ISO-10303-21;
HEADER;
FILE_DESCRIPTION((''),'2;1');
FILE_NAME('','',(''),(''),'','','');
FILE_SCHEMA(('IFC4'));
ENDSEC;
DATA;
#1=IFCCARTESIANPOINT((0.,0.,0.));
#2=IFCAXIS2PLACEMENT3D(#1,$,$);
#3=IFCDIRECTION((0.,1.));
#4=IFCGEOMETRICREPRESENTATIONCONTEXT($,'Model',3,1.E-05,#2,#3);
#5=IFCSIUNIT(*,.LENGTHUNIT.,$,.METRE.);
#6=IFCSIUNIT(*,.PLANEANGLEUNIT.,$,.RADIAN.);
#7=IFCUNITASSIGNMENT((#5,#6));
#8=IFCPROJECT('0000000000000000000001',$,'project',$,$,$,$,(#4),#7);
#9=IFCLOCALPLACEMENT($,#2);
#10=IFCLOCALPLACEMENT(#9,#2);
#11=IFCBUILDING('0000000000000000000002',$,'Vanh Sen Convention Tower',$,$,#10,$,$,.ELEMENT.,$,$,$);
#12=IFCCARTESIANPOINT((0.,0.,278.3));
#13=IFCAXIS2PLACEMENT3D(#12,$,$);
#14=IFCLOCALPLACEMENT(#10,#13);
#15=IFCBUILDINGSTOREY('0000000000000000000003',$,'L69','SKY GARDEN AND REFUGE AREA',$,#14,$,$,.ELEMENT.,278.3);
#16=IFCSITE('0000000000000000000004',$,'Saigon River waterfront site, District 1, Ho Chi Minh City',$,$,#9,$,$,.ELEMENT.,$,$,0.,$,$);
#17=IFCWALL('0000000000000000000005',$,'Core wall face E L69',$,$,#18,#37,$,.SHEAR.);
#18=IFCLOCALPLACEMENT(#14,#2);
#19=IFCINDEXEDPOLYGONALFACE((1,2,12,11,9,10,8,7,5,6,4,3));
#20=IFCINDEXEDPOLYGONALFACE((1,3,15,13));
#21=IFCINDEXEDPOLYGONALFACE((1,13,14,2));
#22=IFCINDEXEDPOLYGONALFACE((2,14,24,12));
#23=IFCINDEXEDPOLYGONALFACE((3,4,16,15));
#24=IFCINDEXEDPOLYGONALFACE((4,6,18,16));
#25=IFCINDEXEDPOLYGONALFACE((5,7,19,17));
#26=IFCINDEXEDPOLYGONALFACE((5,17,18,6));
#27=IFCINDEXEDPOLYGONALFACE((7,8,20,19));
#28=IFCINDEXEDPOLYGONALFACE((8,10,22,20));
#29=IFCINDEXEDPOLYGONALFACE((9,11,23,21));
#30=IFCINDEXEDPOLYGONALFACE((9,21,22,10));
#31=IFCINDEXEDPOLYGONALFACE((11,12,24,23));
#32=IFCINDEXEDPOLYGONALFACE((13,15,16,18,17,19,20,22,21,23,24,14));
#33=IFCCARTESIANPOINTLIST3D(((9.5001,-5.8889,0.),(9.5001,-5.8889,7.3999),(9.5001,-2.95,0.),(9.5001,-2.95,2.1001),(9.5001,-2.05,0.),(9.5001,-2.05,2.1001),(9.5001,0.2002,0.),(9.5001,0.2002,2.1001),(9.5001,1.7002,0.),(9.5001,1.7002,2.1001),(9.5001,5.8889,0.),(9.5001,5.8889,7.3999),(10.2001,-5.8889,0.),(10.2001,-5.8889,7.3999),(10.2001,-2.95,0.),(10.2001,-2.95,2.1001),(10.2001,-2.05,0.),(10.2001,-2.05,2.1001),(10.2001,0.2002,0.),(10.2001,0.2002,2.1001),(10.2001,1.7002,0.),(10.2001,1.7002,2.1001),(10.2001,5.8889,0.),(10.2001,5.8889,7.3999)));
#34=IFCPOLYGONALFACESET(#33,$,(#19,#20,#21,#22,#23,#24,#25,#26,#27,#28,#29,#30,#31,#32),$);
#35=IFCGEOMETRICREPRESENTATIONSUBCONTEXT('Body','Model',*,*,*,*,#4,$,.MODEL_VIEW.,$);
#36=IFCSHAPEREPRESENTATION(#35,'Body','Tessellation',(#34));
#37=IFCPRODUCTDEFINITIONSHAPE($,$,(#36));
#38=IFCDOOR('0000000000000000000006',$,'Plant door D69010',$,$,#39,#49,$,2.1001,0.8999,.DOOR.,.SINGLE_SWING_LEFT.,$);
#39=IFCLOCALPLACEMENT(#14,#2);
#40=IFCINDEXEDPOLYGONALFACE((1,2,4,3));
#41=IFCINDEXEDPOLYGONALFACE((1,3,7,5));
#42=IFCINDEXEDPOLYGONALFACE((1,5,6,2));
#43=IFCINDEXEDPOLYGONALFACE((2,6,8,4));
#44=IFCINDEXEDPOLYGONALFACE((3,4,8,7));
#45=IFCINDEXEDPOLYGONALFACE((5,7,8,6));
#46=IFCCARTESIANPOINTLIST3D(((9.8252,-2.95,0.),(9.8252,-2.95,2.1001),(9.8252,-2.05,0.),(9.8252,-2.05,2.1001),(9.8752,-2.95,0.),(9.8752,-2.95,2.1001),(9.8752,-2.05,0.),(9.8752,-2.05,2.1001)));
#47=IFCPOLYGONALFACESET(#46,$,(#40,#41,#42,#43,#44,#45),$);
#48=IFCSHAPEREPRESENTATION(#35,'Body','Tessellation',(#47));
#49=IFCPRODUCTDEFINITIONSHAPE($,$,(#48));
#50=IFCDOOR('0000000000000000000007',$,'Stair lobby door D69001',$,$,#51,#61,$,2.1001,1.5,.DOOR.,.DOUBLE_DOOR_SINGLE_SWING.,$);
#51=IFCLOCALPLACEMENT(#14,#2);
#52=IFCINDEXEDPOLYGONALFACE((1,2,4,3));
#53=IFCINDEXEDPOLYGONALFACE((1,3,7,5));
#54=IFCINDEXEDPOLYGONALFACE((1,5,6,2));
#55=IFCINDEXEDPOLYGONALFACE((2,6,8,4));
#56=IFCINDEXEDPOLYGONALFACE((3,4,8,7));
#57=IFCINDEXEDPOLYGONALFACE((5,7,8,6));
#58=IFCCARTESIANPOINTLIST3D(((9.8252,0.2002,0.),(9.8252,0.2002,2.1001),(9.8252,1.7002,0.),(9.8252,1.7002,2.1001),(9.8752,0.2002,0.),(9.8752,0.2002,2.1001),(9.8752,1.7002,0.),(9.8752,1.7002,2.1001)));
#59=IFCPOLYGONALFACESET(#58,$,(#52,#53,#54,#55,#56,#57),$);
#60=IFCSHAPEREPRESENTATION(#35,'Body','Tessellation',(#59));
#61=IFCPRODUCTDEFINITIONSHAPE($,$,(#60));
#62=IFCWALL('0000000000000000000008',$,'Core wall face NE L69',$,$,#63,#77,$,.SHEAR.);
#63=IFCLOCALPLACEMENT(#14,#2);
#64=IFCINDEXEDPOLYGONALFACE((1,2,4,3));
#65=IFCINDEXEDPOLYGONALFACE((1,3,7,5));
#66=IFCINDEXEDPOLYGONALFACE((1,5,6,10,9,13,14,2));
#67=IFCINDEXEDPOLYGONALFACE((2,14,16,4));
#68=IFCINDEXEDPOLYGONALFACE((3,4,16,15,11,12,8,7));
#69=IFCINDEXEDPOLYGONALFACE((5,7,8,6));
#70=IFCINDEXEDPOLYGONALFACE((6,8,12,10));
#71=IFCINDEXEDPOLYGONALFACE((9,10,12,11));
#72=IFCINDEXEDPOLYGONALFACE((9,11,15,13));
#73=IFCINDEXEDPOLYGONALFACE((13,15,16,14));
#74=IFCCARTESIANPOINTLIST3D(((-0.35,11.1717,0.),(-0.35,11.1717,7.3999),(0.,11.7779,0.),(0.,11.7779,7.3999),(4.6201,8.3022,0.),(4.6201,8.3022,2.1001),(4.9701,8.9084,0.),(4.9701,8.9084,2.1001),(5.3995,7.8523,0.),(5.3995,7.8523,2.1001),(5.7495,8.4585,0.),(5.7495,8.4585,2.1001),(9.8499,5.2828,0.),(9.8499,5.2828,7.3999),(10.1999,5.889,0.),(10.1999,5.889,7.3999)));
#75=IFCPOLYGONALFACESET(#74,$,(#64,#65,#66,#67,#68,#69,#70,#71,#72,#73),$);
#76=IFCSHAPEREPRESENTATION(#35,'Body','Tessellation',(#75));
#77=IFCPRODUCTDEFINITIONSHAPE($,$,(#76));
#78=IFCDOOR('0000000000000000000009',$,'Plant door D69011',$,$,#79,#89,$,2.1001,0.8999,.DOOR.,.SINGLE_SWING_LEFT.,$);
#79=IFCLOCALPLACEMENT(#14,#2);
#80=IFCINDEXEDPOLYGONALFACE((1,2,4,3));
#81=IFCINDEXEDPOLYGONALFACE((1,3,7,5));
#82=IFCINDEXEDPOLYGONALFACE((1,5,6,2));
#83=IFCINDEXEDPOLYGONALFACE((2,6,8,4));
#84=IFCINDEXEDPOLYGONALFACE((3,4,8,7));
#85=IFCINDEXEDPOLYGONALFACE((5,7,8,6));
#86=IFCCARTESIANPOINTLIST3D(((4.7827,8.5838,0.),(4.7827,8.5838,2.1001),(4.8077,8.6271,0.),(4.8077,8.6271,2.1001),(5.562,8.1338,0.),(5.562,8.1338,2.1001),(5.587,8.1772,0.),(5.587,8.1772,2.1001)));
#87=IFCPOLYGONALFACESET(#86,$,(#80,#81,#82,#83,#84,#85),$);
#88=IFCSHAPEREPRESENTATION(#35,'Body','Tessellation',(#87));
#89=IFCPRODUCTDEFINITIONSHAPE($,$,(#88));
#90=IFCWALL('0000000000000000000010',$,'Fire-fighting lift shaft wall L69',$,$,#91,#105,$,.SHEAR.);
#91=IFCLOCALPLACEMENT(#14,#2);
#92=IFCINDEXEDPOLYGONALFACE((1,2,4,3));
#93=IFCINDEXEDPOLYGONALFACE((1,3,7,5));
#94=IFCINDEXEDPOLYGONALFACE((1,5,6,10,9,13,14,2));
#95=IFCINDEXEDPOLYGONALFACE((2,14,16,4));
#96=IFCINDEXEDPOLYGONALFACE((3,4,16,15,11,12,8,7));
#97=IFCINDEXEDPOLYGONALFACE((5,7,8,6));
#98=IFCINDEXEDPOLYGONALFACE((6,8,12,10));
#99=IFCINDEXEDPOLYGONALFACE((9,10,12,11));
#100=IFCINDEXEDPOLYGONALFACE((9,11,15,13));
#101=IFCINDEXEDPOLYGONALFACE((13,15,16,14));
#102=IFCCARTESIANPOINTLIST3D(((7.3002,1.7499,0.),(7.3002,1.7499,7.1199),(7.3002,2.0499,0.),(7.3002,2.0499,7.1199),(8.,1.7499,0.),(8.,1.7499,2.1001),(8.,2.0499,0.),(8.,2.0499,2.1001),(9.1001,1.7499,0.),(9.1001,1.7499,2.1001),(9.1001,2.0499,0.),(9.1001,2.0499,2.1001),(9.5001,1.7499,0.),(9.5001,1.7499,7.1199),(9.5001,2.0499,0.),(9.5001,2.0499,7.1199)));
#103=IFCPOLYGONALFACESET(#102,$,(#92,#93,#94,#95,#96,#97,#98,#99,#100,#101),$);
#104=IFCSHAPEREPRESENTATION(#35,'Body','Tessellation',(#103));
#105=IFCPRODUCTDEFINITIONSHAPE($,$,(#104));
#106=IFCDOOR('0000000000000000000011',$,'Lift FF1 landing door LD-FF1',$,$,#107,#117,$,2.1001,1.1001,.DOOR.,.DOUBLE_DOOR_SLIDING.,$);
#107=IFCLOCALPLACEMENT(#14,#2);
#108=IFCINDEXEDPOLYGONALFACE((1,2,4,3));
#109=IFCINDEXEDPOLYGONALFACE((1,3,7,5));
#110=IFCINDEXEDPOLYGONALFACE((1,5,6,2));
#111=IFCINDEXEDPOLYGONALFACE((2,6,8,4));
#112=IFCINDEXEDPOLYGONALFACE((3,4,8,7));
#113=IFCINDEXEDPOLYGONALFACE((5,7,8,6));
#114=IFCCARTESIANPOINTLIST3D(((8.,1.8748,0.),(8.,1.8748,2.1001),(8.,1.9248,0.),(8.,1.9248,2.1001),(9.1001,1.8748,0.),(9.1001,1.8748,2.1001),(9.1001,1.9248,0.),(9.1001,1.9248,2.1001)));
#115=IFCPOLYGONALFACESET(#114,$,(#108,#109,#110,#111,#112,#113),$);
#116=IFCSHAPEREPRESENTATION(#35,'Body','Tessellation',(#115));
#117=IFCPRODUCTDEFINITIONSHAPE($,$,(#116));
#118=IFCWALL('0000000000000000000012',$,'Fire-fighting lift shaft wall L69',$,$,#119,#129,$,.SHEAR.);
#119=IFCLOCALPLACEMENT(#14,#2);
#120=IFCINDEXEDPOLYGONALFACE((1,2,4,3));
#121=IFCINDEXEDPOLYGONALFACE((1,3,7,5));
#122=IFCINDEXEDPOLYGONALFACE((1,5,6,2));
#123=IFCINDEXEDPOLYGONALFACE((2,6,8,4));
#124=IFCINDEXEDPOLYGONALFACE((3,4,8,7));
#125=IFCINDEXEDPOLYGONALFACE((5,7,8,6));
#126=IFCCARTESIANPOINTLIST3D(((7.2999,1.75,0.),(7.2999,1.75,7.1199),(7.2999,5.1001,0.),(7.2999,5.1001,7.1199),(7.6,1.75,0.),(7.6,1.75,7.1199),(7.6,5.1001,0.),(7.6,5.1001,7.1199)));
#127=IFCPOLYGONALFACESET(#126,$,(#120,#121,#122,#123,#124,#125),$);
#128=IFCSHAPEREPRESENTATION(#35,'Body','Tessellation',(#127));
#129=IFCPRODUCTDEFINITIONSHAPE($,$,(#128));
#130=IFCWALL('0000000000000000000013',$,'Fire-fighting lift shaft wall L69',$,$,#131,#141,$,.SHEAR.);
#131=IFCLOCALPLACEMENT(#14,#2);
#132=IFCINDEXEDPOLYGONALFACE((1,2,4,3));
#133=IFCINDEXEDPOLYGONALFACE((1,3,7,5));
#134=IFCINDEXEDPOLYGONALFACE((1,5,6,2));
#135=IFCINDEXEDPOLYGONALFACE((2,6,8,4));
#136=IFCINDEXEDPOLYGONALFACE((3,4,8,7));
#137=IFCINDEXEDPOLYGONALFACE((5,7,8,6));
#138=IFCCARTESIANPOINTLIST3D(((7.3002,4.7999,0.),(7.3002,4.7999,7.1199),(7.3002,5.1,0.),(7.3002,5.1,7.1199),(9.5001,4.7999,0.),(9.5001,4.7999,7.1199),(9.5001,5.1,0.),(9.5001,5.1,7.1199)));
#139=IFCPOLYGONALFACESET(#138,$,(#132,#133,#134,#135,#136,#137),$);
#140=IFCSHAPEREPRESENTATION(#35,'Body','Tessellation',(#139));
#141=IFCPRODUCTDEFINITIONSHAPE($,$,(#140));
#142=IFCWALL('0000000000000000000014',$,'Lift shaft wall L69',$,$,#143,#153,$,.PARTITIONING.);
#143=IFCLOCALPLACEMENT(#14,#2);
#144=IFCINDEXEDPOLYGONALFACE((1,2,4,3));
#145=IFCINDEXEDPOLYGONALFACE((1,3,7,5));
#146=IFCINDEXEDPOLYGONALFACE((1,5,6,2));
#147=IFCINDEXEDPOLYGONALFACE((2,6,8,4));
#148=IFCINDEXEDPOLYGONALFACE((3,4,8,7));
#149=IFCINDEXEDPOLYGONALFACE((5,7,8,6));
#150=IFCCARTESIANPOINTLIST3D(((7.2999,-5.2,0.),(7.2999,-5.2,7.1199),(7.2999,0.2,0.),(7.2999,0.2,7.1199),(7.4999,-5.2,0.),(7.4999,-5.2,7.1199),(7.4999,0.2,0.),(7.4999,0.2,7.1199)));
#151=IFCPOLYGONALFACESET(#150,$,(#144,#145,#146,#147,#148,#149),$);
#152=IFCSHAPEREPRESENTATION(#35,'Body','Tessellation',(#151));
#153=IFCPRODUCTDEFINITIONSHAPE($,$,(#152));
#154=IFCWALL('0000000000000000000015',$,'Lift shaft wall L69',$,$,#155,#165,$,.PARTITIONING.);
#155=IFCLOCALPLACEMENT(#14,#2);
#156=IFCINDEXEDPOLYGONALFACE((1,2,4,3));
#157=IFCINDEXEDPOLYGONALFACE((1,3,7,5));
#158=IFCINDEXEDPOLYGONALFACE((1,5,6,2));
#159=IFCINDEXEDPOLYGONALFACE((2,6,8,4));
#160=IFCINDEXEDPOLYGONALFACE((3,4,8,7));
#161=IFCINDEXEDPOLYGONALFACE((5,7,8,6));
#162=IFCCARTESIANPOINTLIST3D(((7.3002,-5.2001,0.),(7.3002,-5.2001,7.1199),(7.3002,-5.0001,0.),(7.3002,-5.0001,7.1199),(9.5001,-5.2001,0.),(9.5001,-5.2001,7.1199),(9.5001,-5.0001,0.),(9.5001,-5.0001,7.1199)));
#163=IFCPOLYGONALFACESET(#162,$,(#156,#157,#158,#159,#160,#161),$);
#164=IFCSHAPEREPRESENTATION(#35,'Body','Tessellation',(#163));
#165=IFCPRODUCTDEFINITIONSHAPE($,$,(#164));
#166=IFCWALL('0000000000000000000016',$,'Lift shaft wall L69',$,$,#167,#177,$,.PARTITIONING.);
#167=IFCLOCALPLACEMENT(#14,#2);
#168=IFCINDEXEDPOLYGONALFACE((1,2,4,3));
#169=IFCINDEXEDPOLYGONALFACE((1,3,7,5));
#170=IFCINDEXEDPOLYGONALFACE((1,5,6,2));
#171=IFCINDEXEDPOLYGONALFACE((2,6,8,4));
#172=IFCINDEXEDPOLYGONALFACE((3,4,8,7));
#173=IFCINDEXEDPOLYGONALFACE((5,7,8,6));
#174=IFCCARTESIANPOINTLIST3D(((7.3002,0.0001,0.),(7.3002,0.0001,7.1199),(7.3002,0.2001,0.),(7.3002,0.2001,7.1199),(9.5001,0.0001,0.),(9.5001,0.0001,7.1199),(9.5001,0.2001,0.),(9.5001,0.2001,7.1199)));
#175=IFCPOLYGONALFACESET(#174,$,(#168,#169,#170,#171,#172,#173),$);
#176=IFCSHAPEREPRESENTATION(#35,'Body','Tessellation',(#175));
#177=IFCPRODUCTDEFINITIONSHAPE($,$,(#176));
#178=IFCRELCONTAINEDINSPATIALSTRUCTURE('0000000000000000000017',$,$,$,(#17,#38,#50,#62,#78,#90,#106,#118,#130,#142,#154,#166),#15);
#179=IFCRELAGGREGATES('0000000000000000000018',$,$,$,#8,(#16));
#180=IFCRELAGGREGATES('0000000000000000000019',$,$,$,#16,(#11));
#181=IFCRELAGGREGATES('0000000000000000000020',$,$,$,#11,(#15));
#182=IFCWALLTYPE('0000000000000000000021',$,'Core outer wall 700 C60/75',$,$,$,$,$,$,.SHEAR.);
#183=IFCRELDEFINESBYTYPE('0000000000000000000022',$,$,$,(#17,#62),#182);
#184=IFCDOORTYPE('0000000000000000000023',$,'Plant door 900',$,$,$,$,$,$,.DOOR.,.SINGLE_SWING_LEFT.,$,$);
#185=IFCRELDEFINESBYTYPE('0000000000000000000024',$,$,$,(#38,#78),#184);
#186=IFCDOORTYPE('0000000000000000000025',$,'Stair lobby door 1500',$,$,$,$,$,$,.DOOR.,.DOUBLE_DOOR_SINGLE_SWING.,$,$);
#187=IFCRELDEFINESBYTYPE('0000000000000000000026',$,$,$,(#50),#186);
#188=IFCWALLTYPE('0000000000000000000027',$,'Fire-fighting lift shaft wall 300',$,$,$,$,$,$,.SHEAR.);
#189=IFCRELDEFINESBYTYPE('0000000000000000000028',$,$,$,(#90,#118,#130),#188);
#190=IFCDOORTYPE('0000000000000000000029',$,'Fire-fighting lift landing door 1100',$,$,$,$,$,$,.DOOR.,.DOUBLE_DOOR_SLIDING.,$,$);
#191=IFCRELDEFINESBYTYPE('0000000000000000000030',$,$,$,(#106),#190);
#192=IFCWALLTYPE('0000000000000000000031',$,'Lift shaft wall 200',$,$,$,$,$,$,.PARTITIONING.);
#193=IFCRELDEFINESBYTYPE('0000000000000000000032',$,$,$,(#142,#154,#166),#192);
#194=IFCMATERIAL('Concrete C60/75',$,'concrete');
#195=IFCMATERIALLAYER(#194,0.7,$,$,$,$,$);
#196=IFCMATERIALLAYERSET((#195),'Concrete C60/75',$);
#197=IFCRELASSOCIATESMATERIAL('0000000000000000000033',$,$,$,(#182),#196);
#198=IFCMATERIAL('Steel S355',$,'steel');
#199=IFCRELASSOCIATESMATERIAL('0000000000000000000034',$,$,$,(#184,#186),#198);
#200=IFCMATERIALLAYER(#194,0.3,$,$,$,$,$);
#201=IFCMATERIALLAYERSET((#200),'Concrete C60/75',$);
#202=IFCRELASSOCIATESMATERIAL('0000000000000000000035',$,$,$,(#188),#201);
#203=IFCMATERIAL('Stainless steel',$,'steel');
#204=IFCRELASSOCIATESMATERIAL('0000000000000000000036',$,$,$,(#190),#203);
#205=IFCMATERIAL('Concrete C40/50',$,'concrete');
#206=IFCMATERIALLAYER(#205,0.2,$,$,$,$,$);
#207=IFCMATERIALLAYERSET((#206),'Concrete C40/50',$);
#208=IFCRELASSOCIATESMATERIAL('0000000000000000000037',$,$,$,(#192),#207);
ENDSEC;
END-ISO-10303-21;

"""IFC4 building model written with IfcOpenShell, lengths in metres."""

from ifc_helpers import new_model, si_unit, direction, frame, frame_2d, origin, place, context, subcontext, project, spatial, rectangle, extrude, material, layer, layer_set, type_object, element, fill, save


model = new_model("IFC4")

# Units and contexts
model_context = context("Model", 3, precision=1e-05, world=origin(), true_north=direction((0.0, 1.0)))
body_context = subcontext(model_context, "Body", "Model", "MODEL_VIEW")
ifc_project = project(units=[si_unit("LENGTHUNIT", "METRE"), si_unit("PLANEANGLEUNIT", "RADIAN")], contexts=[model_context])

# Site, building, storey
site_placement = place(None, origin())
site = spatial("IfcSite", under=ifc_project, at=site_placement, Name="Saigon River waterfront site, District 1, Ho Chi Minh City", CompositionType="ELEMENT", RefElevation=0.0)
building_placement = place(site_placement, origin())
building = spatial("IfcBuilding", under=site, at=building_placement, Name="Vanh Sen Convention Tower", CompositionType="ELEMENT")
storey_placement = place(building_placement, frame((0.0, 0.0, 278.3)))
storey = spatial("IfcBuildingStorey", under=building, at=storey_placement, Name="L69", Description="SKY GARDEN AND REFUGE AREA", CompositionType="ELEMENT", Elevation=278.3)

# Wall, openings, doors
ifc_material_1 = material(Name="Concrete C60/75", Category="concrete")
ifc_layer_1 = layer(ifc_material_1, 0.7)
ifc_layer_set_1 = layer_set([ifc_layer_1], Name="Concrete C60/75")
wall_type_1 = type_object("IfcWallType", Name="Core outer wall 700 C60/75", PredefinedType="SHEAR", material=ifc_layer_set_1)
wall_1_placement = place(storey_placement, frame((9.8501, -5.8889, 0.0), z_axis=(0.0, 0.0, 1.0), x_axis=(0.0, 1.0, 0.0)))
wall_1 = element("IfcWall", 1, at=wall_1_placement, inside=storey, type_object=wall_type_1, Name="Core wall face E L69", PredefinedType="SHEAR", context=body_context, shape_type="SweptSolid", body=[
    extrude(rectangle(XDim=11.7778, YDim=0.7, at=frame_2d((5.8889, 0.0))), origin(), (0.0, 0.0, 1.0), 7.3999),
])
opening_1_placement = place(wall_1_placement, frame((6.0891, 0.0, 0.0)))
opening_1 = element("IfcOpeningElement", 2, at=opening_1_placement, cuts=wall_1, PredefinedType="OPENING", context=body_context, shape_type="SweptSolid", body=[
    extrude(rectangle(XDim=1.5, YDim=2.1001, at=frame_2d((0.75, 1.05))), frame((0.0, 0.3599, 0.0), z_axis=(0.0, -1.0, 0.0), x_axis=(1.0, 0.0, 0.0)), (0.0, 0.0, 1.0), 0.72),
])
opening_2_placement = place(wall_1_placement, frame((2.939, 0.0, 0.0)))
opening_2 = element("IfcOpeningElement", 3, at=opening_2_placement, cuts=wall_1, PredefinedType="OPENING", context=body_context, shape_type="SweptSolid", body=[
    extrude(rectangle(XDim=0.8999, YDim=2.1001, at=frame_2d((0.45, 1.05))), frame((0.0, 0.3599, 0.0), z_axis=(0.0, -1.0, 0.0), x_axis=(1.0, 0.0, 0.0)), (0.0, 0.0, 1.0), 0.72),
])
ifc_material_2 = material(Name="Steel S355", Category="steel")
door_type_1 = type_object("IfcDoorType", Name="Plant door 900", OperationType="SINGLE_SWING_LEFT", PredefinedType="DOOR", material=ifc_material_2)
door_1_placement = place(opening_2_placement, origin())
door_1 = element("IfcDoor", 4, at=door_1_placement, inside=storey, type_object=door_type_1, Name="Plant door D69010", OperationType="SINGLE_SWING_LEFT", OverallHeight=2.1001, OverallWidth=0.8999, PredefinedType="DOOR", context=body_context, shape_type="SweptSolid", body=[
    extrude(rectangle(XDim=0.8999, YDim=2.1001, at=frame_2d((0.45, 1.05))), frame((0.0, 0.0249, 0.0), z_axis=(0.0, -1.0, 0.0), x_axis=(1.0, 0.0, 0.0)), (0.0, 0.0, 1.0), 0.05),
])
fill(opening_2, door_1)
door_type_2 = type_object("IfcDoorType", Name="Stair lobby door 1500", OperationType="DOUBLE_DOOR_SINGLE_SWING", PredefinedType="DOOR", material=ifc_material_2)
door_2_placement = place(opening_1_placement, origin())
door_2 = element("IfcDoor", 5, at=door_2_placement, inside=storey, type_object=door_type_2, Name="Stair lobby door D69001", OperationType="DOUBLE_DOOR_SINGLE_SWING", OverallHeight=2.1001, OverallWidth=1.5, PredefinedType="DOOR", context=body_context, shape_type="SweptSolid", body=[
    extrude(rectangle(XDim=1.5, YDim=2.1001, at=frame_2d((0.75, 1.05))), frame((0.0, 0.0249, 0.0), z_axis=(0.0, -1.0, 0.0), x_axis=(1.0, 0.0, 0.0)), (0.0, 0.0, 1.0), 0.05),
])
fill(opening_1, door_2)

# Walls, openings, doors
wall_2_placement = place(storey_placement, frame((10.0249, 5.5859, 0.0), z_axis=(0.0, 0.0, 1.0), x_axis=(-0.866026, 0.499998, 0.0)))
wall_2 = element("IfcWall", 6, at=wall_2_placement, inside=storey, type_object=wall_type_1, Name="Core wall face NE L69", PredefinedType="SHEAR", context=body_context, shape_type="SweptSolid", body=[
    extrude(rectangle(XDim=11.7778, YDim=0.7, at=frame_2d((5.8889, 0.0))), origin(), (0.0, 0.0, 1.0), 7.3999),
])
opening_3_placement = place(wall_2_placement, frame((5.1389, 0.0, 0.0)))
opening_3 = element("IfcOpeningElement", 7, at=opening_3_placement, cuts=wall_2, PredefinedType="OPENING", context=body_context, shape_type="SweptSolid", body=[
    extrude(rectangle(XDim=0.8999, YDim=2.1001, at=frame_2d((0.45, 1.05))), frame((0.0, 0.3599, 0.0), z_axis=(0.0, -1.0, 0.0), x_axis=(1.0, 0.0, 0.0)), (0.0, 0.0, 1.0), 0.72),
])
door_3_placement = place(opening_3_placement, origin())
door_3 = element("IfcDoor", 8, at=door_3_placement, inside=storey, type_object=door_type_1, Name="Plant door D69011", OperationType="SINGLE_SWING_LEFT", OverallHeight=2.1001, OverallWidth=0.8999, PredefinedType="DOOR", context=body_context, shape_type="SweptSolid", body=[
    extrude(rectangle(XDim=0.8999, YDim=2.1001, at=frame_2d((0.45, 1.05))), frame((0.0, 0.0249, 0.0), z_axis=(0.0, -1.0, 0.0), x_axis=(1.0, 0.0, 0.0)), (0.0, 0.0, 1.0), 0.05),
])
fill(opening_3, door_3)
ifc_layer_2 = layer(ifc_material_1, 0.3)
ifc_layer_set_2 = layer_set([ifc_layer_2], Name="Concrete C60/75")
wall_type_2 = type_object("IfcWallType", Name="Fire-fighting lift shaft wall 300", PredefinedType="SHEAR", material=ifc_layer_set_2)
wall_3_placement = place(storey_placement, frame((7.3, 1.8999, 0.0), z_axis=(0.0, 0.0, 1.0), x_axis=(1.0, 0.0, 0.0)))
wall_3 = element("IfcWall", 9, at=wall_3_placement, inside=storey, type_object=wall_type_2, Name="Fire-fighting lift shaft wall L69", PredefinedType="SHEAR", context=body_context, shape_type="SweptSolid", body=[
    extrude(rectangle(XDim=2.2, YDim=0.3, at=frame_2d((1.1001, 0.0))), origin(), (0.0, 0.0, 1.0), 7.1199),
])
opening_4_placement = place(wall_3_placement, frame((0.7, 0.0, 0.0)))
opening_4 = element("IfcOpeningElement", 10, at=opening_4_placement, cuts=wall_3, PredefinedType="OPENING", context=body_context, shape_type="SweptSolid", body=[
    extrude(rectangle(XDim=1.1001, YDim=2.1001, at=frame_2d((0.55, 1.05))), frame((0.0, 0.1599, 0.0), z_axis=(0.0, -1.0, 0.0), x_axis=(1.0, 0.0, 0.0)), (0.0, 0.0, 1.0), 0.3201),
])
ifc_material_3 = material(Name="Stainless steel", Category="steel")
door_type_3 = type_object("IfcDoorType", Name="Fire-fighting lift landing door 1100", OperationType="DOUBLE_DOOR_SLIDING", PredefinedType="DOOR", material=ifc_material_3)
door_4_placement = place(opening_4_placement, origin())
door_4 = element("IfcDoor", 11, at=door_4_placement, inside=storey, type_object=door_type_3, Name="Lift FF1 landing door LD-FF1", OperationType="DOUBLE_DOOR_SLIDING", OverallHeight=2.1001, OverallWidth=1.1001, PredefinedType="DOOR", context=body_context, shape_type="SweptSolid", body=[
    extrude(rectangle(XDim=1.1001, YDim=2.1001, at=frame_2d((0.55, 1.05))), frame((0.0, 0.0249, 0.0), z_axis=(0.0, -1.0, 0.0), x_axis=(1.0, 0.0, 0.0)), (0.0, 0.0, 1.0), 0.05),
])
fill(opening_4, door_4)

# Walls
wall_4_placement = place(storey_placement, frame((7.45, 1.75, 0.0), z_axis=(0.0, 0.0, 1.0), x_axis=(0.0, 1.0, 0.0)))
element("IfcWall", 12, at=wall_4_placement, inside=storey, type_object=wall_type_2, Name="Fire-fighting lift shaft wall L69", PredefinedType="SHEAR", context=body_context, shape_type="SweptSolid", body=[
    extrude(rectangle(XDim=3.3501, YDim=0.3, at=frame_2d((1.675, 0.0))), origin(), (0.0, 0.0, 1.0), 7.1199),
])
wall_5_placement = place(storey_placement, frame((7.3, 4.95, 0.0), z_axis=(0.0, 0.0, 1.0), x_axis=(1.0, 0.0, 0.0)))
element("IfcWall", 13, at=wall_5_placement, inside=storey, type_object=wall_type_2, Name="Fire-fighting lift shaft wall L69", PredefinedType="SHEAR", context=body_context, shape_type="SweptSolid", body=[
    extrude(rectangle(XDim=2.2, YDim=0.3, at=frame_2d((1.1001, 0.0))), origin(), (0.0, 0.0, 1.0), 7.1199),
])
ifc_material_4 = material(Name="Concrete C40/50", Category="concrete")
ifc_layer_3 = layer(ifc_material_4, 0.2)
ifc_layer_set_3 = layer_set([ifc_layer_3], Name="Concrete C40/50")
wall_type_3 = type_object("IfcWallType", Name="Lift shaft wall 200", PredefinedType="PARTITIONING", material=ifc_layer_set_3)
wall_6_placement = place(storey_placement, frame((7.3999, -5.2, 0.0), z_axis=(0.0, 0.0, 1.0), x_axis=(0.0, 1.0, 0.0)))
element("IfcWall", 14, at=wall_6_placement, inside=storey, type_object=wall_type_3, Name="Lift shaft wall L69", PredefinedType="PARTITIONING", context=body_context, shape_type="SweptSolid", body=[
    extrude(rectangle(XDim=5.3999, YDim=0.2, at=frame_2d((2.7, 0.0))), origin(), (0.0, 0.0, 1.0), 7.1199),
])
for number, where, z_axis, x_axis, name in (
    (15, (7.3, -5.1001, 0.0), (0.0, 0.0, 1.0), (1.0, 0.0, 0.0), "Lift shaft wall L69"),
    (16, (7.3, 0.1001, 0.0), (0.0, 0.0, 1.0), (1.0, 0.0, 0.0), "Lift shaft wall L69"),
):
    element("IfcWall", number, at=place(storey_placement, frame(where, z_axis=z_axis, x_axis=x_axis)), inside=storey, type_object=wall_type_3, Name=name, PredefinedType="PARTITIONING", context=body_context, shape_type="SweptSolid", body=[
        extrude(rectangle(XDim=2.2, YDim=0.2, at=frame_2d((1.1001, 0.0))), origin(), (0.0, 0.0, 1.0), 7.1199),
    ])

save(model, "model.ifc")
